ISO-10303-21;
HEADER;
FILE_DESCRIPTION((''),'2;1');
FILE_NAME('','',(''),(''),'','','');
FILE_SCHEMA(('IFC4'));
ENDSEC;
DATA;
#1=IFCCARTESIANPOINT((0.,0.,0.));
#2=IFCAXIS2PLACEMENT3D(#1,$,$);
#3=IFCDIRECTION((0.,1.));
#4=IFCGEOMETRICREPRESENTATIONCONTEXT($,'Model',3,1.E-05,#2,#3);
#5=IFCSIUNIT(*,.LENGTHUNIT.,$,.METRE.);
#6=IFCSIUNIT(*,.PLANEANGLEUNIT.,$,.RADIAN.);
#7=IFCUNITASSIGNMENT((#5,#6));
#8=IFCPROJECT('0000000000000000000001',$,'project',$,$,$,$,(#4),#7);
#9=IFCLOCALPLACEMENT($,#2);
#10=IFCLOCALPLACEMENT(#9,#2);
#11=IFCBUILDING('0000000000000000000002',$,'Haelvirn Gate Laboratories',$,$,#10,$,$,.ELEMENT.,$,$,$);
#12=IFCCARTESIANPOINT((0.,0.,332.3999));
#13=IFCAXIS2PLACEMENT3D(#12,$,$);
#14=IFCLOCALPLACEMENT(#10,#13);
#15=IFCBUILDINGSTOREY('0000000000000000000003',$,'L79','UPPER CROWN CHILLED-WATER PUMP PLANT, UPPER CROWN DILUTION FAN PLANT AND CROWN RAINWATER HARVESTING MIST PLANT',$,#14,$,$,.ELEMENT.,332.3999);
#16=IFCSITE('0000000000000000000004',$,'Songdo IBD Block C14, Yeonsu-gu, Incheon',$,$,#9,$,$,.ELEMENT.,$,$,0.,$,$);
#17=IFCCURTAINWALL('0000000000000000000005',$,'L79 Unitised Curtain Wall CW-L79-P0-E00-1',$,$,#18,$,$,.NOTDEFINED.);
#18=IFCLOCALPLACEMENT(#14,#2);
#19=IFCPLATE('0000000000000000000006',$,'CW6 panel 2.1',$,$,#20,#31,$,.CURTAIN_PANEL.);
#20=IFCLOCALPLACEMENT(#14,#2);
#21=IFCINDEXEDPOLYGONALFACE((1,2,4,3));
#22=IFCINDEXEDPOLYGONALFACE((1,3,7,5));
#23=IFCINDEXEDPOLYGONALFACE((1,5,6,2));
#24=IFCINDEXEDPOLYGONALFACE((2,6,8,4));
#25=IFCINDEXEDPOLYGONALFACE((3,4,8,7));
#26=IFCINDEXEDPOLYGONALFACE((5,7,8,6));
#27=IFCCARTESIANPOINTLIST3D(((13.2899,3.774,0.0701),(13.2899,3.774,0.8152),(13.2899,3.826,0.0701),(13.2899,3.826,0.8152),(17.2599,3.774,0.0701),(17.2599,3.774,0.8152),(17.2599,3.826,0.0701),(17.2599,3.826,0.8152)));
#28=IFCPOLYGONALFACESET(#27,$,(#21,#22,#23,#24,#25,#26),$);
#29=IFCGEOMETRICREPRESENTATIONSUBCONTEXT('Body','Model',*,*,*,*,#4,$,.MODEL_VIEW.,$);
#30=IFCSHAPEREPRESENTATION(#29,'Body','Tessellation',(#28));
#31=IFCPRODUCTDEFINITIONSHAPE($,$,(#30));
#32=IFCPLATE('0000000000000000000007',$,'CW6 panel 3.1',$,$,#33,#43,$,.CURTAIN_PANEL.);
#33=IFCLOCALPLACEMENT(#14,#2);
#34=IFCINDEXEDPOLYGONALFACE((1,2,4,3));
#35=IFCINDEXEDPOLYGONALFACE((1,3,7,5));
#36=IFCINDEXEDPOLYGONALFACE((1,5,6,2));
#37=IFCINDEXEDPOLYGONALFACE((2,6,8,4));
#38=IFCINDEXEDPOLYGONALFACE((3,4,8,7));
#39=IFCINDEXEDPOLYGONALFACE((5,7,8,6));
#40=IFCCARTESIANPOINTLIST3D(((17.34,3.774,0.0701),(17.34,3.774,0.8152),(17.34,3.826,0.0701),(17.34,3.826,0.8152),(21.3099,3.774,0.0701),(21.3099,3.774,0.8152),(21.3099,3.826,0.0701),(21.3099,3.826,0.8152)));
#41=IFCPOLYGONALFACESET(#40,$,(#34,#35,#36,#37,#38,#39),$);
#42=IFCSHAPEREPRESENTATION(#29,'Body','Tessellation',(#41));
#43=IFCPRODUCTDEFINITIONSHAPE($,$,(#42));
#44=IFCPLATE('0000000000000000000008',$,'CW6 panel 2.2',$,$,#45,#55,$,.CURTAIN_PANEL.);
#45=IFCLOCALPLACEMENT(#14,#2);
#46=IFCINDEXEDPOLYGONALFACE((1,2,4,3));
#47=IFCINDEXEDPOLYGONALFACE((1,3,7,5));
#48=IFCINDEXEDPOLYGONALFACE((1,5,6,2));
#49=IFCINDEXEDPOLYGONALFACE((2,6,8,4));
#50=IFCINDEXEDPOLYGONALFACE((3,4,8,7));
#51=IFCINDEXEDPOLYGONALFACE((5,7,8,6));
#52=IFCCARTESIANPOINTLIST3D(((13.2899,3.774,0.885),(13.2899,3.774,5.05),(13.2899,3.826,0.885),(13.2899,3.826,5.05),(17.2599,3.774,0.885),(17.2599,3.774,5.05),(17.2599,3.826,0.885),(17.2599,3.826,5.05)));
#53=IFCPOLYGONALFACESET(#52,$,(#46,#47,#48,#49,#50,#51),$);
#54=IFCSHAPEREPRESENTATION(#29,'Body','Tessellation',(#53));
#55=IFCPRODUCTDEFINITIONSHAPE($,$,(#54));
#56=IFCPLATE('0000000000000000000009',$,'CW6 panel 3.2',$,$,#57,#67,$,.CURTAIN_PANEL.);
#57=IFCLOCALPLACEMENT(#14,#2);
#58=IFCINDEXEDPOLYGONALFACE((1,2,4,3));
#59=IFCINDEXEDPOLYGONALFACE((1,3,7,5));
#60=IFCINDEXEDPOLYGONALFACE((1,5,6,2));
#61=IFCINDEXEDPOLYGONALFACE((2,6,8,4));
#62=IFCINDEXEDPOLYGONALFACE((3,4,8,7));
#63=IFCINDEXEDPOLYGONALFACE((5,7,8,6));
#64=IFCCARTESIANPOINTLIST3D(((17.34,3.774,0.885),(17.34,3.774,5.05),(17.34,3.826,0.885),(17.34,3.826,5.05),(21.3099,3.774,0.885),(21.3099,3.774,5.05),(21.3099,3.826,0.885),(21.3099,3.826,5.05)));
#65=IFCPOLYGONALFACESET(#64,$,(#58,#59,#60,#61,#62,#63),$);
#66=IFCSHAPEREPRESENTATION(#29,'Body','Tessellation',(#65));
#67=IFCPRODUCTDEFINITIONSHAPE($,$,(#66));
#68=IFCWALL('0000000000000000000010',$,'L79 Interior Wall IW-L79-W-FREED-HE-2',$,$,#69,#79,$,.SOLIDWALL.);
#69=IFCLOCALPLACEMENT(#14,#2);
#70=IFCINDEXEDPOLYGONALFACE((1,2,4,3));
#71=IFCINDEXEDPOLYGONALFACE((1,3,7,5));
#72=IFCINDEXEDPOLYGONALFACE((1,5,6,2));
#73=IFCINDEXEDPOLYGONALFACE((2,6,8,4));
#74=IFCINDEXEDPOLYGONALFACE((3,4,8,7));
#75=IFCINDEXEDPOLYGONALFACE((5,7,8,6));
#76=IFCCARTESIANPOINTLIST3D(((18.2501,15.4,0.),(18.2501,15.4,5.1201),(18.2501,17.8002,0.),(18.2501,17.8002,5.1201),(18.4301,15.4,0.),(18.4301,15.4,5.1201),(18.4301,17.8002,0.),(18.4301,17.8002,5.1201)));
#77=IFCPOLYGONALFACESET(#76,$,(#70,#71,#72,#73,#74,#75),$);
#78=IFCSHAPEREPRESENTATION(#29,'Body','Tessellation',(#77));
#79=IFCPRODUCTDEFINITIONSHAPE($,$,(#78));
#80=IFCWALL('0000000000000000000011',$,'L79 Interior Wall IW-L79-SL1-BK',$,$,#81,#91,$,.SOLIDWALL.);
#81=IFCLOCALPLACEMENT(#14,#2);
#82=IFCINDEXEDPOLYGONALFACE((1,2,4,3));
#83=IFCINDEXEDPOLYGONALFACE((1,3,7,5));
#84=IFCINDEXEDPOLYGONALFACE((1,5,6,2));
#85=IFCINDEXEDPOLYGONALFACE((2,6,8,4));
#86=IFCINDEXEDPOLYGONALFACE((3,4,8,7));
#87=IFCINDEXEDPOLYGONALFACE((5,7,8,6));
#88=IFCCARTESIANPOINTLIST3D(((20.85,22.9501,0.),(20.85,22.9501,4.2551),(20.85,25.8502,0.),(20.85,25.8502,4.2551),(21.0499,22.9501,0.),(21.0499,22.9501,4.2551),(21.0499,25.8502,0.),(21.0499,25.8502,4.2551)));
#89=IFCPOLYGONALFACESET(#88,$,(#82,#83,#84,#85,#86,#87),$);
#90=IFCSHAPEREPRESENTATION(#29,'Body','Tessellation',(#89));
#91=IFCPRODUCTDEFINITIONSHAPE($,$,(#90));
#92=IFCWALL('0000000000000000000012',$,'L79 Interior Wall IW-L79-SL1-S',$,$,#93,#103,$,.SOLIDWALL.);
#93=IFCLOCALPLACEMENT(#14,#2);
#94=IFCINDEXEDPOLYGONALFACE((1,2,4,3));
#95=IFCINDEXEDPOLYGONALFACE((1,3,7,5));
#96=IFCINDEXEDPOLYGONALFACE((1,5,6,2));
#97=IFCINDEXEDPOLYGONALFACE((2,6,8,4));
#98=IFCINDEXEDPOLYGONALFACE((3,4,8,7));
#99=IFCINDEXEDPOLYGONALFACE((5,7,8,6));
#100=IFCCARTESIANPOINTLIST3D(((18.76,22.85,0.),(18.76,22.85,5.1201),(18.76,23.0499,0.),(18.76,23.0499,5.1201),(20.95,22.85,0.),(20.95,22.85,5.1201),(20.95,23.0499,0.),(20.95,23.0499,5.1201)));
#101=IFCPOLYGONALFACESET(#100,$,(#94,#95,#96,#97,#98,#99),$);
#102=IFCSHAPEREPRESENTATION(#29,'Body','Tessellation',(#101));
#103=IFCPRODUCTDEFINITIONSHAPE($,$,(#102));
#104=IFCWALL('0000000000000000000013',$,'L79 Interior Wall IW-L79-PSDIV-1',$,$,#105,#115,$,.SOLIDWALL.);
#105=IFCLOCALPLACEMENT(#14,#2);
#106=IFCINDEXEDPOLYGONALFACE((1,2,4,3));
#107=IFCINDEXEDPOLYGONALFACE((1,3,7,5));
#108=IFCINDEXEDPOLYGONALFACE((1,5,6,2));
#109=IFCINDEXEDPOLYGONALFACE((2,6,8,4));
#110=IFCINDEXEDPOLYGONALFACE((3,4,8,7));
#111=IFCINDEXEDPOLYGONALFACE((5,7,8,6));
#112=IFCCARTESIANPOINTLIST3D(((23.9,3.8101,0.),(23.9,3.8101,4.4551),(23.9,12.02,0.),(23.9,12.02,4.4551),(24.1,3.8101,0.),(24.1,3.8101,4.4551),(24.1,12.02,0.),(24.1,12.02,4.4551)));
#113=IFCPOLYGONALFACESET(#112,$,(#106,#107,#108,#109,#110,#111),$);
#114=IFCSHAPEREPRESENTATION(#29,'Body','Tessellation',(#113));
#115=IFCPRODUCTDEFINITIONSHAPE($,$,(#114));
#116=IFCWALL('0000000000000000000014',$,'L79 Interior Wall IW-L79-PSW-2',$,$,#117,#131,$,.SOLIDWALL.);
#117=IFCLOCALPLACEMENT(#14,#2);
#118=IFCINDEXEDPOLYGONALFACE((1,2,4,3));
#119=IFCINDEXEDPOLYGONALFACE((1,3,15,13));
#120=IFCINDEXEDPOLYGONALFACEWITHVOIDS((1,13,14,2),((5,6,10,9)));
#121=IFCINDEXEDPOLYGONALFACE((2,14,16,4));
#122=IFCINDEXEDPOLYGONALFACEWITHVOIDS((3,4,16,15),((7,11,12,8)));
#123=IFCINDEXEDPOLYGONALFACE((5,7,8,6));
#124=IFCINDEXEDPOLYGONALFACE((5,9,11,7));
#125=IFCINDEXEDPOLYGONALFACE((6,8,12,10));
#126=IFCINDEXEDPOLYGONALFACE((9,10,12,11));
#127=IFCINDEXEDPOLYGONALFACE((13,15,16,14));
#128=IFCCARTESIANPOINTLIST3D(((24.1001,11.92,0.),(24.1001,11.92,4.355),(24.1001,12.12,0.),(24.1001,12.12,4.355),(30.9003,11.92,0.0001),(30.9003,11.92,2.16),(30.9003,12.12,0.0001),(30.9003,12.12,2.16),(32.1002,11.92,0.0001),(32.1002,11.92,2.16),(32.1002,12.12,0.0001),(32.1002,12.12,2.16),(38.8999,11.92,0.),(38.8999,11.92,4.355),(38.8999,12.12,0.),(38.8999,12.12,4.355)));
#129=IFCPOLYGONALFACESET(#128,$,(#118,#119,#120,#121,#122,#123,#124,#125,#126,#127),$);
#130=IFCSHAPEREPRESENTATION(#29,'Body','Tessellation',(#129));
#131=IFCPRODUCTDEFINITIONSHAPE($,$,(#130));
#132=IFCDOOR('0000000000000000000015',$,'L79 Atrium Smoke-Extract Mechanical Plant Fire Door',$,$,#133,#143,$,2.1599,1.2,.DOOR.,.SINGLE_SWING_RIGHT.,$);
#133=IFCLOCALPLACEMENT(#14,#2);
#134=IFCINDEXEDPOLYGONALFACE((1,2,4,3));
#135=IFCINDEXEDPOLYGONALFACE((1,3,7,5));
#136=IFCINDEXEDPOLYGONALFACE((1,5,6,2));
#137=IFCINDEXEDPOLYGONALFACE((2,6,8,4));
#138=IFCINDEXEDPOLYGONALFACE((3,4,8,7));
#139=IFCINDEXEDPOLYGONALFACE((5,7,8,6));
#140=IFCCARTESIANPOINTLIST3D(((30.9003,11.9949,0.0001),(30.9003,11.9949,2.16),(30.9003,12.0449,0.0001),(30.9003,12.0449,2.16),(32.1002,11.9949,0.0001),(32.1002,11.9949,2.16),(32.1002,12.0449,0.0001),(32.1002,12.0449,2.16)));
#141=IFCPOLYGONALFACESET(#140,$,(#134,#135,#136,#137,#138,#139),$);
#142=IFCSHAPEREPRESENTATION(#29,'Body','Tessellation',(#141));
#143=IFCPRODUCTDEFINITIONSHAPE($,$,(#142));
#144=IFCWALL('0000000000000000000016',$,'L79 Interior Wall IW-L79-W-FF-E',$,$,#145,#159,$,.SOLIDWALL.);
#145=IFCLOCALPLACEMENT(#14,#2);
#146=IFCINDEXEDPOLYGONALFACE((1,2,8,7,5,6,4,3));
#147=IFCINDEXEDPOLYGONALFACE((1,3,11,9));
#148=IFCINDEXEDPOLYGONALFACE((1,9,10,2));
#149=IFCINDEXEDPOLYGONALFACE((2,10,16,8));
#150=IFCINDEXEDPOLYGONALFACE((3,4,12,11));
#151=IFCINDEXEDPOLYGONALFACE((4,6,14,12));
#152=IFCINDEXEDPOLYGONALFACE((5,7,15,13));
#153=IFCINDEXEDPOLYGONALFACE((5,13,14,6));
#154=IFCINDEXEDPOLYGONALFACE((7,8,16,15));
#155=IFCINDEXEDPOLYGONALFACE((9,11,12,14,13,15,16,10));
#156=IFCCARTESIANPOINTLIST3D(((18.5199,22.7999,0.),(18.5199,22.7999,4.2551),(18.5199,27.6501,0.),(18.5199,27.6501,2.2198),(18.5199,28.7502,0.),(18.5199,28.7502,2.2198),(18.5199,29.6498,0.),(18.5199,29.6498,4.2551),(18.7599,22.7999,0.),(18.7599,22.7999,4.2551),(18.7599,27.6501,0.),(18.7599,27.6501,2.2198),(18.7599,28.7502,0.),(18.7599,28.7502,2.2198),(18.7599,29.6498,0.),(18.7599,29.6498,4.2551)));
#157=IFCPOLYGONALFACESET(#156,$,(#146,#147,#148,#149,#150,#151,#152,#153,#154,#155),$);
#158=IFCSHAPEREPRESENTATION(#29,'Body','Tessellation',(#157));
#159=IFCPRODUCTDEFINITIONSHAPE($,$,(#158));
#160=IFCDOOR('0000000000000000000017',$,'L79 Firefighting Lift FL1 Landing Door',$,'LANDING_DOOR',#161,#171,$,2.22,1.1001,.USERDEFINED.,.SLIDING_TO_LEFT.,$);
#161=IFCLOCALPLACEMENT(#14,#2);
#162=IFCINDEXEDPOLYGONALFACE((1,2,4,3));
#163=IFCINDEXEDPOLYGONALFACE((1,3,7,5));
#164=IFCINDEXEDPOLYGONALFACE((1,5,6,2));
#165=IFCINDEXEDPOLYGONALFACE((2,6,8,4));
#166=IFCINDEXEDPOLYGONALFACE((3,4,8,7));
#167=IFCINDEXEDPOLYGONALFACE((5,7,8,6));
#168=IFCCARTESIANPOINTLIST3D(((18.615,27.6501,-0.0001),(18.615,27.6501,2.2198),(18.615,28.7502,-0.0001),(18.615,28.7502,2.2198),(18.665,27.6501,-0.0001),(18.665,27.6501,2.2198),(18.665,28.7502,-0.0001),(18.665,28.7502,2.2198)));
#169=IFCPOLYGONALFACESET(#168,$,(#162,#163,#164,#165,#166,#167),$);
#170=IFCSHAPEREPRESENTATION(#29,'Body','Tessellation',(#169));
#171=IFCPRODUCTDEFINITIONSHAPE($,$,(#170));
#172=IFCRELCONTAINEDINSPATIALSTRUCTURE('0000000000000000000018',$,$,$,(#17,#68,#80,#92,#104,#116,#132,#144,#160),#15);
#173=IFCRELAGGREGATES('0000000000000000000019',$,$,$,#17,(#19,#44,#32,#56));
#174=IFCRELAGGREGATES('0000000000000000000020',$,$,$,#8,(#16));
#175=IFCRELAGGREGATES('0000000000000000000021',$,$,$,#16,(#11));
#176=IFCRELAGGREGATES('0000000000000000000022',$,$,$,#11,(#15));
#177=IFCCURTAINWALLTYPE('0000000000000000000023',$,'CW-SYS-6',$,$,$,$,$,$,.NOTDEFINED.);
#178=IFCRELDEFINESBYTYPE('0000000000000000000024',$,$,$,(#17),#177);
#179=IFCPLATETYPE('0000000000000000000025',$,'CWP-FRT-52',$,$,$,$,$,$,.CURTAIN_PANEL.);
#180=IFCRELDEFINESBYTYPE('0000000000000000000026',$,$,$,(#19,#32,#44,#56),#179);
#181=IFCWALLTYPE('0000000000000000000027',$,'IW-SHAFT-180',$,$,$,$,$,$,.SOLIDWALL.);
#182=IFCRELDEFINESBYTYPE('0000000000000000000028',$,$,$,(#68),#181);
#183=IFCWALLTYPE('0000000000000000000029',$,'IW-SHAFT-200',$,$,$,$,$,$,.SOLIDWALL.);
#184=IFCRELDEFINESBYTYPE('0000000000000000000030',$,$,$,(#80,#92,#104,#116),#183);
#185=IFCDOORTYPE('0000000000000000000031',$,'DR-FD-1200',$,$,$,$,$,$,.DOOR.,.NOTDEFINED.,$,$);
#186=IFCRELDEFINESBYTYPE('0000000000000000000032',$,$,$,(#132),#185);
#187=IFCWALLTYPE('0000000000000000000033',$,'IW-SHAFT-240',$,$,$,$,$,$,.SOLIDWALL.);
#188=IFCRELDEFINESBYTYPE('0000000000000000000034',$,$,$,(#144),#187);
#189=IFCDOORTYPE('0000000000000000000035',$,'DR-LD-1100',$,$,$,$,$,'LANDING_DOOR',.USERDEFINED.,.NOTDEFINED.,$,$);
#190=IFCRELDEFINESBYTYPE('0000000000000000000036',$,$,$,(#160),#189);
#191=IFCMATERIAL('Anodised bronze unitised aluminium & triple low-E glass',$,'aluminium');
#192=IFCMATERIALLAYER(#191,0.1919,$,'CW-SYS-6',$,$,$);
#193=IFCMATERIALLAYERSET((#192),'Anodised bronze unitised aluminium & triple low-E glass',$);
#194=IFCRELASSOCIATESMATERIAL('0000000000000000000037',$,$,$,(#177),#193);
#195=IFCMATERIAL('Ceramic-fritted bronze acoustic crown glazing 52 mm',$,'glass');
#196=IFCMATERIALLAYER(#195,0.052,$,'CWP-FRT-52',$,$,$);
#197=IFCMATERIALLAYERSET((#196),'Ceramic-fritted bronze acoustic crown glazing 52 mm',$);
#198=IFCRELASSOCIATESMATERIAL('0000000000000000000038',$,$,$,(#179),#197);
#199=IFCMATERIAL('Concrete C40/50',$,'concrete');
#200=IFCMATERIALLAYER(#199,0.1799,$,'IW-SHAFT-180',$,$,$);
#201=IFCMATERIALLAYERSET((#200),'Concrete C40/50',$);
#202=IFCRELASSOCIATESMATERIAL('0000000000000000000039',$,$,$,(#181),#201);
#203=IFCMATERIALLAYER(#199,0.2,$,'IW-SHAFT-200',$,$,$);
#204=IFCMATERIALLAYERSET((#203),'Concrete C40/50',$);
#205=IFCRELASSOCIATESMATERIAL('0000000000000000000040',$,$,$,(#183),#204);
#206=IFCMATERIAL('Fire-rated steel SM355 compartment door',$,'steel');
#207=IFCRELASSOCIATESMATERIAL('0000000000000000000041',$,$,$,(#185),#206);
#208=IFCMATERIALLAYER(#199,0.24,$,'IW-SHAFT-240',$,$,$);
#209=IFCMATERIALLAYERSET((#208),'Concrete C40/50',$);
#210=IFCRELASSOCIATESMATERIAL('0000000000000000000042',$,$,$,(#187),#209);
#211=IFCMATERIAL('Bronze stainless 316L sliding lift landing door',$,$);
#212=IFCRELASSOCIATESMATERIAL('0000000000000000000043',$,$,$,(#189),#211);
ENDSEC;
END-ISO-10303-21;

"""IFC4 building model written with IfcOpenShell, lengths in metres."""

from ifc_helpers import new_model, si_unit, direction, frame, frame_2d, origin, origin_2d, place, context, subcontext, project, spatial, rectangle, extrude, source, transform, mapped, material, layer, layer_set, type_object, type_shapes, element, fill, aggregate, save


model = new_model("IFC4")

# Units and contexts
model_context = context("Model", 3, precision=1e-05, world=origin(), true_north=direction((0.0, 1.0)))
body_context = subcontext(model_context, "Body", "Model", "MODEL_VIEW")
ifc_project = project(units=[si_unit("LENGTHUNIT", "METRE"), si_unit("PLANEANGLEUNIT", "RADIAN")], contexts=[model_context])

# Site, building, storey
site_placement = place(None, origin())
site = spatial("IfcSite", under=ifc_project, at=site_placement, Name="Songdo IBD Block C14, Yeonsu-gu, Incheon", CompositionType="ELEMENT", RefElevation=0.0)
building_placement = place(site_placement, origin())
building = spatial("IfcBuilding", under=site, at=building_placement, Name="Haelvirn Gate Laboratories", CompositionType="ELEMENT")
storey_placement = place(building_placement, frame((0.0, 0.0, 332.3999)))
storey = spatial("IfcBuildingStorey", under=building, at=storey_placement, Name="L79", Description="UPPER CROWN CHILLED-WATER PUMP PLANT, UPPER CROWN DILUTION FAN PLANT AND CROWN RAINWATER HARVESTING MIST PLANT", CompositionType="ELEMENT", Elevation=332.3999)

# Curtain wall
ifc_material_1 = material(Name="Anodised bronze unitised aluminium & triple low-E glass", Category="aluminium")
ifc_layer_1 = layer(ifc_material_1, 0.1919, Name="CW-SYS-6")
ifc_layer_set_1 = layer_set([ifc_layer_1], Name="Anodised bronze unitised aluminium & triple low-E glass")
curtain_wall_type = type_object("IfcCurtainWallType", Name="CW-SYS-6", PredefinedType="NOTDEFINED", material=ifc_layer_set_1)
curtain_wall_1_placement = place(storey_placement, origin())
curtain_wall_1 = element("IfcCurtainWall", 1, at=curtain_wall_1_placement, inside=storey, type_object=curtain_wall_type, Name="L79 Unitised Curtain Wall CW-L79-P0-E00-1", PredefinedType="NOTDEFINED")

# Plates
ifc_material_2 = material(Name="Ceramic-fritted bronze acoustic crown glazing 52 mm", Category="glass")
ifc_layer_2 = layer(ifc_material_2, 0.052, Name="CWP-FRT-52")
ifc_layer_set_2 = layer_set([ifc_layer_2], Name="Ceramic-fritted bronze acoustic crown glazing 52 mm")
plate_type = type_object("IfcPlateType", Name="CWP-FRT-52", PredefinedType="CURTAIN_PANEL", material=ifc_layer_set_2)
shared_shape_1 = source(origin(), body_context, "Body", "SweptSolid", [
    extrude(rectangle(XDim=3.97, YDim=0.052, at=origin_2d()), origin(), (0.0, 0.0, 1.0), 0.7451),
])
plate_1_placement = place(storey_placement, frame((15.2749, 3.8, 0.0701), z_axis=(0.0, 0.0, 1.0), x_axis=(1.0, 0.0, 0.0)))
plate_1 = element("IfcPlate", 2, at=plate_1_placement, type_object=plate_type, Name="CW6 panel 2.1", PredefinedType="CURTAIN_PANEL", context=body_context, shape_type="MappedRepresentation", body=[
    mapped(shared_shape_1, transform((0.0, 0.0, 0.0), scale=1.0)),
])
plate_2_placement = place(storey_placement, frame((19.325, 3.8, 0.0701), z_axis=(0.0, 0.0, 1.0), x_axis=(1.0, 0.0, 0.0)))
plate_2 = element("IfcPlate", 3, at=plate_2_placement, type_object=plate_type, Name="CW6 panel 3.1", PredefinedType="CURTAIN_PANEL", context=body_context, shape_type="MappedRepresentation", body=[
    mapped(shared_shape_1, transform((0.0, 0.0, 0.0), scale=1.0)),
])
shared_shape_2 = source(origin(), body_context, "Body", "SweptSolid", [
    extrude(rectangle(XDim=3.97, YDim=0.052, at=origin_2d()), origin(), (0.0, 0.0, 1.0), 4.165),
])
plate_3_placement = place(storey_placement, frame((15.2749, 3.8, 0.885), z_axis=(0.0, 0.0, 1.0), x_axis=(1.0, 0.0, 0.0)))
plate_3 = element("IfcPlate", 4, at=plate_3_placement, type_object=plate_type, Name="CW6 panel 2.2", PredefinedType="CURTAIN_PANEL", context=body_context, shape_type="MappedRepresentation", body=[
    mapped(shared_shape_2, transform((0.0, 0.0, 0.0), scale=1.0)),
])
plate_4_placement = place(storey_placement, frame((19.325, 3.8, 0.885), z_axis=(0.0, 0.0, 1.0), x_axis=(1.0, 0.0, 0.0)))
plate_4 = element("IfcPlate", 5, at=plate_4_placement, type_object=plate_type, Name="CW6 panel 3.2", PredefinedType="CURTAIN_PANEL", context=body_context, shape_type="MappedRepresentation", body=[
    mapped(shared_shape_2, transform((0.0, 0.0, 0.0), scale=1.0)),
])
aggregate(curtain_wall_1, [plate_1, plate_3, plate_2, plate_4])

# Walls
ifc_material_3 = material(Name="Concrete C40/50", Category="concrete")
ifc_layer_3 = layer(ifc_material_3, 0.1799, Name="IW-SHAFT-180")
ifc_layer_set_3 = layer_set([ifc_layer_3], Name="Concrete C40/50")
wall_type_1 = type_object("IfcWallType", Name="IW-SHAFT-180", PredefinedType="SOLIDWALL", material=ifc_layer_set_3)
wall_1_placement = place(storey_placement, frame((18.3401, 15.3999, 0.0), z_axis=(0.0, 0.0, 1.0), x_axis=(0.0, 1.0, 0.0)))
element("IfcWall", 6, at=wall_1_placement, inside=storey, type_object=wall_type_1, Name="L79 Interior Wall IW-L79-W-FREED-HE-2", PredefinedType="SOLIDWALL", context=body_context, shape_type="SweptSolid", body=[
    extrude(rectangle(XDim=2.4001, YDim=0.1799, at=frame_2d((1.2002, 0.0))), origin(), (0.0, 0.0, 1.0), 5.1201),
])
ifc_layer_4 = layer(ifc_material_3, 0.2, Name="IW-SHAFT-200")
ifc_layer_set_4 = layer_set([ifc_layer_4], Name="Concrete C40/50")
wall_type_2 = type_object("IfcWallType", Name="IW-SHAFT-200", PredefinedType="SOLIDWALL", material=ifc_layer_set_4)
wall_2_placement = place(storey_placement, frame((20.95, 22.95, 0.0), z_axis=(0.0, 0.0, 1.0), x_axis=(0.0, 1.0, 0.0)))
element("IfcWall", 7, at=wall_2_placement, inside=storey, type_object=wall_type_2, Name="L79 Interior Wall IW-L79-SL1-BK", PredefinedType="SOLIDWALL", context=body_context, shape_type="SweptSolid", body=[
    extrude(rectangle(XDim=2.9001, YDim=0.2, at=frame_2d((1.4502, 0.0))), origin(), (0.0, 0.0, 1.0), 4.2551),
])
wall_3_placement = place(storey_placement, frame((18.76, 22.95, 0.0), z_axis=(0.0, 0.0, 1.0), x_axis=(1.0, 0.0, 0.0)))
element("IfcWall", 8, at=wall_3_placement, inside=storey, type_object=wall_type_2, Name="L79 Interior Wall IW-L79-SL1-S", PredefinedType="SOLIDWALL", context=body_context, shape_type="SweptSolid", body=[
    extrude(rectangle(XDim=2.1899, YDim=0.2, at=frame_2d((1.095, 0.0))), origin(), (0.0, 0.0, 1.0), 5.1201),
])
wall_4_placement = place(storey_placement, frame((24.0, 3.8101, 0.0), z_axis=(0.0, 0.0, 1.0), x_axis=(0.0, 1.0, 0.0)))
element("IfcWall", 9, at=wall_4_placement, inside=storey, type_object=wall_type_2, Name="L79 Interior Wall IW-L79-PSDIV-1", PredefinedType="SOLIDWALL", context=body_context, shape_type="SweptSolid", body=[
    extrude(rectangle(XDim=8.21, YDim=0.2, at=frame_2d((4.105, 0.0))), origin(), (0.0, 0.0, 1.0), 4.4551),
])

# Walls, openings, doors
wall_5_placement = place(storey_placement, frame((24.1001, 12.02, 0.0), z_axis=(0.0, 0.0, 1.0), x_axis=(1.0, 0.0, 0.0)))
wall_5 = element("IfcWall", 10, at=wall_5_placement, inside=storey, type_object=wall_type_2, Name="L79 Interior Wall IW-L79-PSW-2", PredefinedType="SOLIDWALL", context=body_context, shape_type="SweptSolid", body=[
    extrude(rectangle(XDim=14.7998, YDim=0.2, at=frame_2d((7.3999, 0.0))), origin(), (0.0, 0.0, 1.0), 4.355),
])
opening_1_placement = place(wall_5_placement, frame((6.8, 0.0, 0.0)))
opening_1 = element("IfcOpeningElement", 11, at=opening_1_placement, cuts=wall_5, PredefinedType="OPENING", context=body_context, shape_type="SweptSolid", body=[
    extrude(rectangle(XDim=1.2, YDim=2.1599, at=frame_2d((0.6001, 1.0801))), frame((0.0, 0.1099, 0.0), z_axis=(0.0, -1.0, 0.0), x_axis=(1.0, 0.0, 0.0)), (0.0, 0.0, 1.0), 0.22),
])
ifc_material_4 = material(Name="Fire-rated steel SM355 compartment door", Category="steel")
door_type_1 = type_object("IfcDoorType", Name="DR-FD-1200", OperationType="NOTDEFINED", PredefinedType="DOOR", material=ifc_material_4)
shared_shape_3 = source(origin(), body_context, "Body", "SweptSolid", [
    extrude(rectangle(XDim=1.2, YDim=2.1599, at=frame_2d((0.6001, 1.0801))), frame((0.0, 0.0249, 0.0), z_axis=(0.0, -1.0, 0.0), x_axis=(1.0, 0.0, 0.0)), (0.0, 0.0, 1.0), 0.05),
])
type_shapes(door_type_1, [shared_shape_3])
door_1_placement = place(opening_1_placement, origin())
door_1 = element("IfcDoor", 12, at=door_1_placement, inside=storey, type_object=door_type_1, Name="L79 Atrium Smoke-Extract Mechanical Plant Fire Door", OperationType="SINGLE_SWING_RIGHT", OverallHeight=2.1599, OverallWidth=1.2, PredefinedType="DOOR", context=body_context, shape_type="MappedRepresentation", body=[
    mapped(shared_shape_3, transform((0.0, 0.0, 0.0), scale=1.0)),
])
fill(opening_1, door_1)
ifc_layer_5 = layer(ifc_material_3, 0.24, Name="IW-SHAFT-240")
ifc_layer_set_5 = layer_set([ifc_layer_5], Name="Concrete C40/50")
wall_type_3 = type_object("IfcWallType", Name="IW-SHAFT-240", PredefinedType="SOLIDWALL", material=ifc_layer_set_5)
wall_6_placement = place(storey_placement, frame((18.6399, 22.8, 0.0), z_axis=(0.0, 0.0, 1.0), x_axis=(0.0, 1.0, 0.0)))
wall_6 = element("IfcWall", 13, at=wall_6_placement, inside=storey, type_object=wall_type_3, Name="L79 Interior Wall IW-L79-W-FF-E", PredefinedType="SOLIDWALL", context=body_context, shape_type="SweptSolid", body=[
    extrude(rectangle(XDim=6.8499, YDim=0.24, at=frame_2d((3.4248, 0.0))), origin(), (0.0, 0.0, 1.0), 4.2551),
])
opening_2_placement = place(wall_6_placement, frame((4.8501, 0.0, 0.0)))
opening_2 = element("IfcOpeningElement", 14, at=opening_2_placement, cuts=wall_6, PredefinedType="OPENING", context=body_context, shape_type="SweptSolid", body=[
    extrude(rectangle(XDim=1.1001, YDim=2.22, at=frame_2d((0.55, 1.1099))), frame((0.0, 0.1299, 0.0), z_axis=(0.0, -1.0, 0.0), x_axis=(1.0, 0.0, 0.0)), (0.0, 0.0, 1.0), 0.26),
])
ifc_material_5 = material(Name="Bronze stainless 316L sliding lift landing door")
door_type_2 = type_object("IfcDoorType", Name="DR-LD-1100", ElementType="LANDING_DOOR", OperationType="NOTDEFINED", PredefinedType="USERDEFINED", material=ifc_material_5)
shared_shape_4 = source(origin(), body_context, "Body", "SweptSolid", [
    extrude(rectangle(XDim=1.1001, YDim=2.22, at=frame_2d((0.55, 1.1099))), frame((0.0, 0.0249, 0.0), z_axis=(0.0, -1.0, 0.0), x_axis=(1.0, 0.0, 0.0)), (0.0, 0.0, 1.0), 0.05),
])
type_shapes(door_type_2, [shared_shape_4])
door_2_placement = place(opening_2_placement, origin())
door_2 = element("IfcDoor", 15, at=door_2_placement, inside=storey, type_object=door_type_2, Name="L79 Firefighting Lift FL1 Landing Door", ObjectType="LANDING_DOOR", OperationType="SLIDING_TO_LEFT", OverallHeight=2.22, OverallWidth=1.1001, PredefinedType="USERDEFINED", context=body_context, shape_type="MappedRepresentation", body=[
    mapped(shared_shape_4, transform((0.0, 0.0, 0.0), scale=1.0)),
])
fill(opening_2, door_2)

save(model, "model.ifc")
